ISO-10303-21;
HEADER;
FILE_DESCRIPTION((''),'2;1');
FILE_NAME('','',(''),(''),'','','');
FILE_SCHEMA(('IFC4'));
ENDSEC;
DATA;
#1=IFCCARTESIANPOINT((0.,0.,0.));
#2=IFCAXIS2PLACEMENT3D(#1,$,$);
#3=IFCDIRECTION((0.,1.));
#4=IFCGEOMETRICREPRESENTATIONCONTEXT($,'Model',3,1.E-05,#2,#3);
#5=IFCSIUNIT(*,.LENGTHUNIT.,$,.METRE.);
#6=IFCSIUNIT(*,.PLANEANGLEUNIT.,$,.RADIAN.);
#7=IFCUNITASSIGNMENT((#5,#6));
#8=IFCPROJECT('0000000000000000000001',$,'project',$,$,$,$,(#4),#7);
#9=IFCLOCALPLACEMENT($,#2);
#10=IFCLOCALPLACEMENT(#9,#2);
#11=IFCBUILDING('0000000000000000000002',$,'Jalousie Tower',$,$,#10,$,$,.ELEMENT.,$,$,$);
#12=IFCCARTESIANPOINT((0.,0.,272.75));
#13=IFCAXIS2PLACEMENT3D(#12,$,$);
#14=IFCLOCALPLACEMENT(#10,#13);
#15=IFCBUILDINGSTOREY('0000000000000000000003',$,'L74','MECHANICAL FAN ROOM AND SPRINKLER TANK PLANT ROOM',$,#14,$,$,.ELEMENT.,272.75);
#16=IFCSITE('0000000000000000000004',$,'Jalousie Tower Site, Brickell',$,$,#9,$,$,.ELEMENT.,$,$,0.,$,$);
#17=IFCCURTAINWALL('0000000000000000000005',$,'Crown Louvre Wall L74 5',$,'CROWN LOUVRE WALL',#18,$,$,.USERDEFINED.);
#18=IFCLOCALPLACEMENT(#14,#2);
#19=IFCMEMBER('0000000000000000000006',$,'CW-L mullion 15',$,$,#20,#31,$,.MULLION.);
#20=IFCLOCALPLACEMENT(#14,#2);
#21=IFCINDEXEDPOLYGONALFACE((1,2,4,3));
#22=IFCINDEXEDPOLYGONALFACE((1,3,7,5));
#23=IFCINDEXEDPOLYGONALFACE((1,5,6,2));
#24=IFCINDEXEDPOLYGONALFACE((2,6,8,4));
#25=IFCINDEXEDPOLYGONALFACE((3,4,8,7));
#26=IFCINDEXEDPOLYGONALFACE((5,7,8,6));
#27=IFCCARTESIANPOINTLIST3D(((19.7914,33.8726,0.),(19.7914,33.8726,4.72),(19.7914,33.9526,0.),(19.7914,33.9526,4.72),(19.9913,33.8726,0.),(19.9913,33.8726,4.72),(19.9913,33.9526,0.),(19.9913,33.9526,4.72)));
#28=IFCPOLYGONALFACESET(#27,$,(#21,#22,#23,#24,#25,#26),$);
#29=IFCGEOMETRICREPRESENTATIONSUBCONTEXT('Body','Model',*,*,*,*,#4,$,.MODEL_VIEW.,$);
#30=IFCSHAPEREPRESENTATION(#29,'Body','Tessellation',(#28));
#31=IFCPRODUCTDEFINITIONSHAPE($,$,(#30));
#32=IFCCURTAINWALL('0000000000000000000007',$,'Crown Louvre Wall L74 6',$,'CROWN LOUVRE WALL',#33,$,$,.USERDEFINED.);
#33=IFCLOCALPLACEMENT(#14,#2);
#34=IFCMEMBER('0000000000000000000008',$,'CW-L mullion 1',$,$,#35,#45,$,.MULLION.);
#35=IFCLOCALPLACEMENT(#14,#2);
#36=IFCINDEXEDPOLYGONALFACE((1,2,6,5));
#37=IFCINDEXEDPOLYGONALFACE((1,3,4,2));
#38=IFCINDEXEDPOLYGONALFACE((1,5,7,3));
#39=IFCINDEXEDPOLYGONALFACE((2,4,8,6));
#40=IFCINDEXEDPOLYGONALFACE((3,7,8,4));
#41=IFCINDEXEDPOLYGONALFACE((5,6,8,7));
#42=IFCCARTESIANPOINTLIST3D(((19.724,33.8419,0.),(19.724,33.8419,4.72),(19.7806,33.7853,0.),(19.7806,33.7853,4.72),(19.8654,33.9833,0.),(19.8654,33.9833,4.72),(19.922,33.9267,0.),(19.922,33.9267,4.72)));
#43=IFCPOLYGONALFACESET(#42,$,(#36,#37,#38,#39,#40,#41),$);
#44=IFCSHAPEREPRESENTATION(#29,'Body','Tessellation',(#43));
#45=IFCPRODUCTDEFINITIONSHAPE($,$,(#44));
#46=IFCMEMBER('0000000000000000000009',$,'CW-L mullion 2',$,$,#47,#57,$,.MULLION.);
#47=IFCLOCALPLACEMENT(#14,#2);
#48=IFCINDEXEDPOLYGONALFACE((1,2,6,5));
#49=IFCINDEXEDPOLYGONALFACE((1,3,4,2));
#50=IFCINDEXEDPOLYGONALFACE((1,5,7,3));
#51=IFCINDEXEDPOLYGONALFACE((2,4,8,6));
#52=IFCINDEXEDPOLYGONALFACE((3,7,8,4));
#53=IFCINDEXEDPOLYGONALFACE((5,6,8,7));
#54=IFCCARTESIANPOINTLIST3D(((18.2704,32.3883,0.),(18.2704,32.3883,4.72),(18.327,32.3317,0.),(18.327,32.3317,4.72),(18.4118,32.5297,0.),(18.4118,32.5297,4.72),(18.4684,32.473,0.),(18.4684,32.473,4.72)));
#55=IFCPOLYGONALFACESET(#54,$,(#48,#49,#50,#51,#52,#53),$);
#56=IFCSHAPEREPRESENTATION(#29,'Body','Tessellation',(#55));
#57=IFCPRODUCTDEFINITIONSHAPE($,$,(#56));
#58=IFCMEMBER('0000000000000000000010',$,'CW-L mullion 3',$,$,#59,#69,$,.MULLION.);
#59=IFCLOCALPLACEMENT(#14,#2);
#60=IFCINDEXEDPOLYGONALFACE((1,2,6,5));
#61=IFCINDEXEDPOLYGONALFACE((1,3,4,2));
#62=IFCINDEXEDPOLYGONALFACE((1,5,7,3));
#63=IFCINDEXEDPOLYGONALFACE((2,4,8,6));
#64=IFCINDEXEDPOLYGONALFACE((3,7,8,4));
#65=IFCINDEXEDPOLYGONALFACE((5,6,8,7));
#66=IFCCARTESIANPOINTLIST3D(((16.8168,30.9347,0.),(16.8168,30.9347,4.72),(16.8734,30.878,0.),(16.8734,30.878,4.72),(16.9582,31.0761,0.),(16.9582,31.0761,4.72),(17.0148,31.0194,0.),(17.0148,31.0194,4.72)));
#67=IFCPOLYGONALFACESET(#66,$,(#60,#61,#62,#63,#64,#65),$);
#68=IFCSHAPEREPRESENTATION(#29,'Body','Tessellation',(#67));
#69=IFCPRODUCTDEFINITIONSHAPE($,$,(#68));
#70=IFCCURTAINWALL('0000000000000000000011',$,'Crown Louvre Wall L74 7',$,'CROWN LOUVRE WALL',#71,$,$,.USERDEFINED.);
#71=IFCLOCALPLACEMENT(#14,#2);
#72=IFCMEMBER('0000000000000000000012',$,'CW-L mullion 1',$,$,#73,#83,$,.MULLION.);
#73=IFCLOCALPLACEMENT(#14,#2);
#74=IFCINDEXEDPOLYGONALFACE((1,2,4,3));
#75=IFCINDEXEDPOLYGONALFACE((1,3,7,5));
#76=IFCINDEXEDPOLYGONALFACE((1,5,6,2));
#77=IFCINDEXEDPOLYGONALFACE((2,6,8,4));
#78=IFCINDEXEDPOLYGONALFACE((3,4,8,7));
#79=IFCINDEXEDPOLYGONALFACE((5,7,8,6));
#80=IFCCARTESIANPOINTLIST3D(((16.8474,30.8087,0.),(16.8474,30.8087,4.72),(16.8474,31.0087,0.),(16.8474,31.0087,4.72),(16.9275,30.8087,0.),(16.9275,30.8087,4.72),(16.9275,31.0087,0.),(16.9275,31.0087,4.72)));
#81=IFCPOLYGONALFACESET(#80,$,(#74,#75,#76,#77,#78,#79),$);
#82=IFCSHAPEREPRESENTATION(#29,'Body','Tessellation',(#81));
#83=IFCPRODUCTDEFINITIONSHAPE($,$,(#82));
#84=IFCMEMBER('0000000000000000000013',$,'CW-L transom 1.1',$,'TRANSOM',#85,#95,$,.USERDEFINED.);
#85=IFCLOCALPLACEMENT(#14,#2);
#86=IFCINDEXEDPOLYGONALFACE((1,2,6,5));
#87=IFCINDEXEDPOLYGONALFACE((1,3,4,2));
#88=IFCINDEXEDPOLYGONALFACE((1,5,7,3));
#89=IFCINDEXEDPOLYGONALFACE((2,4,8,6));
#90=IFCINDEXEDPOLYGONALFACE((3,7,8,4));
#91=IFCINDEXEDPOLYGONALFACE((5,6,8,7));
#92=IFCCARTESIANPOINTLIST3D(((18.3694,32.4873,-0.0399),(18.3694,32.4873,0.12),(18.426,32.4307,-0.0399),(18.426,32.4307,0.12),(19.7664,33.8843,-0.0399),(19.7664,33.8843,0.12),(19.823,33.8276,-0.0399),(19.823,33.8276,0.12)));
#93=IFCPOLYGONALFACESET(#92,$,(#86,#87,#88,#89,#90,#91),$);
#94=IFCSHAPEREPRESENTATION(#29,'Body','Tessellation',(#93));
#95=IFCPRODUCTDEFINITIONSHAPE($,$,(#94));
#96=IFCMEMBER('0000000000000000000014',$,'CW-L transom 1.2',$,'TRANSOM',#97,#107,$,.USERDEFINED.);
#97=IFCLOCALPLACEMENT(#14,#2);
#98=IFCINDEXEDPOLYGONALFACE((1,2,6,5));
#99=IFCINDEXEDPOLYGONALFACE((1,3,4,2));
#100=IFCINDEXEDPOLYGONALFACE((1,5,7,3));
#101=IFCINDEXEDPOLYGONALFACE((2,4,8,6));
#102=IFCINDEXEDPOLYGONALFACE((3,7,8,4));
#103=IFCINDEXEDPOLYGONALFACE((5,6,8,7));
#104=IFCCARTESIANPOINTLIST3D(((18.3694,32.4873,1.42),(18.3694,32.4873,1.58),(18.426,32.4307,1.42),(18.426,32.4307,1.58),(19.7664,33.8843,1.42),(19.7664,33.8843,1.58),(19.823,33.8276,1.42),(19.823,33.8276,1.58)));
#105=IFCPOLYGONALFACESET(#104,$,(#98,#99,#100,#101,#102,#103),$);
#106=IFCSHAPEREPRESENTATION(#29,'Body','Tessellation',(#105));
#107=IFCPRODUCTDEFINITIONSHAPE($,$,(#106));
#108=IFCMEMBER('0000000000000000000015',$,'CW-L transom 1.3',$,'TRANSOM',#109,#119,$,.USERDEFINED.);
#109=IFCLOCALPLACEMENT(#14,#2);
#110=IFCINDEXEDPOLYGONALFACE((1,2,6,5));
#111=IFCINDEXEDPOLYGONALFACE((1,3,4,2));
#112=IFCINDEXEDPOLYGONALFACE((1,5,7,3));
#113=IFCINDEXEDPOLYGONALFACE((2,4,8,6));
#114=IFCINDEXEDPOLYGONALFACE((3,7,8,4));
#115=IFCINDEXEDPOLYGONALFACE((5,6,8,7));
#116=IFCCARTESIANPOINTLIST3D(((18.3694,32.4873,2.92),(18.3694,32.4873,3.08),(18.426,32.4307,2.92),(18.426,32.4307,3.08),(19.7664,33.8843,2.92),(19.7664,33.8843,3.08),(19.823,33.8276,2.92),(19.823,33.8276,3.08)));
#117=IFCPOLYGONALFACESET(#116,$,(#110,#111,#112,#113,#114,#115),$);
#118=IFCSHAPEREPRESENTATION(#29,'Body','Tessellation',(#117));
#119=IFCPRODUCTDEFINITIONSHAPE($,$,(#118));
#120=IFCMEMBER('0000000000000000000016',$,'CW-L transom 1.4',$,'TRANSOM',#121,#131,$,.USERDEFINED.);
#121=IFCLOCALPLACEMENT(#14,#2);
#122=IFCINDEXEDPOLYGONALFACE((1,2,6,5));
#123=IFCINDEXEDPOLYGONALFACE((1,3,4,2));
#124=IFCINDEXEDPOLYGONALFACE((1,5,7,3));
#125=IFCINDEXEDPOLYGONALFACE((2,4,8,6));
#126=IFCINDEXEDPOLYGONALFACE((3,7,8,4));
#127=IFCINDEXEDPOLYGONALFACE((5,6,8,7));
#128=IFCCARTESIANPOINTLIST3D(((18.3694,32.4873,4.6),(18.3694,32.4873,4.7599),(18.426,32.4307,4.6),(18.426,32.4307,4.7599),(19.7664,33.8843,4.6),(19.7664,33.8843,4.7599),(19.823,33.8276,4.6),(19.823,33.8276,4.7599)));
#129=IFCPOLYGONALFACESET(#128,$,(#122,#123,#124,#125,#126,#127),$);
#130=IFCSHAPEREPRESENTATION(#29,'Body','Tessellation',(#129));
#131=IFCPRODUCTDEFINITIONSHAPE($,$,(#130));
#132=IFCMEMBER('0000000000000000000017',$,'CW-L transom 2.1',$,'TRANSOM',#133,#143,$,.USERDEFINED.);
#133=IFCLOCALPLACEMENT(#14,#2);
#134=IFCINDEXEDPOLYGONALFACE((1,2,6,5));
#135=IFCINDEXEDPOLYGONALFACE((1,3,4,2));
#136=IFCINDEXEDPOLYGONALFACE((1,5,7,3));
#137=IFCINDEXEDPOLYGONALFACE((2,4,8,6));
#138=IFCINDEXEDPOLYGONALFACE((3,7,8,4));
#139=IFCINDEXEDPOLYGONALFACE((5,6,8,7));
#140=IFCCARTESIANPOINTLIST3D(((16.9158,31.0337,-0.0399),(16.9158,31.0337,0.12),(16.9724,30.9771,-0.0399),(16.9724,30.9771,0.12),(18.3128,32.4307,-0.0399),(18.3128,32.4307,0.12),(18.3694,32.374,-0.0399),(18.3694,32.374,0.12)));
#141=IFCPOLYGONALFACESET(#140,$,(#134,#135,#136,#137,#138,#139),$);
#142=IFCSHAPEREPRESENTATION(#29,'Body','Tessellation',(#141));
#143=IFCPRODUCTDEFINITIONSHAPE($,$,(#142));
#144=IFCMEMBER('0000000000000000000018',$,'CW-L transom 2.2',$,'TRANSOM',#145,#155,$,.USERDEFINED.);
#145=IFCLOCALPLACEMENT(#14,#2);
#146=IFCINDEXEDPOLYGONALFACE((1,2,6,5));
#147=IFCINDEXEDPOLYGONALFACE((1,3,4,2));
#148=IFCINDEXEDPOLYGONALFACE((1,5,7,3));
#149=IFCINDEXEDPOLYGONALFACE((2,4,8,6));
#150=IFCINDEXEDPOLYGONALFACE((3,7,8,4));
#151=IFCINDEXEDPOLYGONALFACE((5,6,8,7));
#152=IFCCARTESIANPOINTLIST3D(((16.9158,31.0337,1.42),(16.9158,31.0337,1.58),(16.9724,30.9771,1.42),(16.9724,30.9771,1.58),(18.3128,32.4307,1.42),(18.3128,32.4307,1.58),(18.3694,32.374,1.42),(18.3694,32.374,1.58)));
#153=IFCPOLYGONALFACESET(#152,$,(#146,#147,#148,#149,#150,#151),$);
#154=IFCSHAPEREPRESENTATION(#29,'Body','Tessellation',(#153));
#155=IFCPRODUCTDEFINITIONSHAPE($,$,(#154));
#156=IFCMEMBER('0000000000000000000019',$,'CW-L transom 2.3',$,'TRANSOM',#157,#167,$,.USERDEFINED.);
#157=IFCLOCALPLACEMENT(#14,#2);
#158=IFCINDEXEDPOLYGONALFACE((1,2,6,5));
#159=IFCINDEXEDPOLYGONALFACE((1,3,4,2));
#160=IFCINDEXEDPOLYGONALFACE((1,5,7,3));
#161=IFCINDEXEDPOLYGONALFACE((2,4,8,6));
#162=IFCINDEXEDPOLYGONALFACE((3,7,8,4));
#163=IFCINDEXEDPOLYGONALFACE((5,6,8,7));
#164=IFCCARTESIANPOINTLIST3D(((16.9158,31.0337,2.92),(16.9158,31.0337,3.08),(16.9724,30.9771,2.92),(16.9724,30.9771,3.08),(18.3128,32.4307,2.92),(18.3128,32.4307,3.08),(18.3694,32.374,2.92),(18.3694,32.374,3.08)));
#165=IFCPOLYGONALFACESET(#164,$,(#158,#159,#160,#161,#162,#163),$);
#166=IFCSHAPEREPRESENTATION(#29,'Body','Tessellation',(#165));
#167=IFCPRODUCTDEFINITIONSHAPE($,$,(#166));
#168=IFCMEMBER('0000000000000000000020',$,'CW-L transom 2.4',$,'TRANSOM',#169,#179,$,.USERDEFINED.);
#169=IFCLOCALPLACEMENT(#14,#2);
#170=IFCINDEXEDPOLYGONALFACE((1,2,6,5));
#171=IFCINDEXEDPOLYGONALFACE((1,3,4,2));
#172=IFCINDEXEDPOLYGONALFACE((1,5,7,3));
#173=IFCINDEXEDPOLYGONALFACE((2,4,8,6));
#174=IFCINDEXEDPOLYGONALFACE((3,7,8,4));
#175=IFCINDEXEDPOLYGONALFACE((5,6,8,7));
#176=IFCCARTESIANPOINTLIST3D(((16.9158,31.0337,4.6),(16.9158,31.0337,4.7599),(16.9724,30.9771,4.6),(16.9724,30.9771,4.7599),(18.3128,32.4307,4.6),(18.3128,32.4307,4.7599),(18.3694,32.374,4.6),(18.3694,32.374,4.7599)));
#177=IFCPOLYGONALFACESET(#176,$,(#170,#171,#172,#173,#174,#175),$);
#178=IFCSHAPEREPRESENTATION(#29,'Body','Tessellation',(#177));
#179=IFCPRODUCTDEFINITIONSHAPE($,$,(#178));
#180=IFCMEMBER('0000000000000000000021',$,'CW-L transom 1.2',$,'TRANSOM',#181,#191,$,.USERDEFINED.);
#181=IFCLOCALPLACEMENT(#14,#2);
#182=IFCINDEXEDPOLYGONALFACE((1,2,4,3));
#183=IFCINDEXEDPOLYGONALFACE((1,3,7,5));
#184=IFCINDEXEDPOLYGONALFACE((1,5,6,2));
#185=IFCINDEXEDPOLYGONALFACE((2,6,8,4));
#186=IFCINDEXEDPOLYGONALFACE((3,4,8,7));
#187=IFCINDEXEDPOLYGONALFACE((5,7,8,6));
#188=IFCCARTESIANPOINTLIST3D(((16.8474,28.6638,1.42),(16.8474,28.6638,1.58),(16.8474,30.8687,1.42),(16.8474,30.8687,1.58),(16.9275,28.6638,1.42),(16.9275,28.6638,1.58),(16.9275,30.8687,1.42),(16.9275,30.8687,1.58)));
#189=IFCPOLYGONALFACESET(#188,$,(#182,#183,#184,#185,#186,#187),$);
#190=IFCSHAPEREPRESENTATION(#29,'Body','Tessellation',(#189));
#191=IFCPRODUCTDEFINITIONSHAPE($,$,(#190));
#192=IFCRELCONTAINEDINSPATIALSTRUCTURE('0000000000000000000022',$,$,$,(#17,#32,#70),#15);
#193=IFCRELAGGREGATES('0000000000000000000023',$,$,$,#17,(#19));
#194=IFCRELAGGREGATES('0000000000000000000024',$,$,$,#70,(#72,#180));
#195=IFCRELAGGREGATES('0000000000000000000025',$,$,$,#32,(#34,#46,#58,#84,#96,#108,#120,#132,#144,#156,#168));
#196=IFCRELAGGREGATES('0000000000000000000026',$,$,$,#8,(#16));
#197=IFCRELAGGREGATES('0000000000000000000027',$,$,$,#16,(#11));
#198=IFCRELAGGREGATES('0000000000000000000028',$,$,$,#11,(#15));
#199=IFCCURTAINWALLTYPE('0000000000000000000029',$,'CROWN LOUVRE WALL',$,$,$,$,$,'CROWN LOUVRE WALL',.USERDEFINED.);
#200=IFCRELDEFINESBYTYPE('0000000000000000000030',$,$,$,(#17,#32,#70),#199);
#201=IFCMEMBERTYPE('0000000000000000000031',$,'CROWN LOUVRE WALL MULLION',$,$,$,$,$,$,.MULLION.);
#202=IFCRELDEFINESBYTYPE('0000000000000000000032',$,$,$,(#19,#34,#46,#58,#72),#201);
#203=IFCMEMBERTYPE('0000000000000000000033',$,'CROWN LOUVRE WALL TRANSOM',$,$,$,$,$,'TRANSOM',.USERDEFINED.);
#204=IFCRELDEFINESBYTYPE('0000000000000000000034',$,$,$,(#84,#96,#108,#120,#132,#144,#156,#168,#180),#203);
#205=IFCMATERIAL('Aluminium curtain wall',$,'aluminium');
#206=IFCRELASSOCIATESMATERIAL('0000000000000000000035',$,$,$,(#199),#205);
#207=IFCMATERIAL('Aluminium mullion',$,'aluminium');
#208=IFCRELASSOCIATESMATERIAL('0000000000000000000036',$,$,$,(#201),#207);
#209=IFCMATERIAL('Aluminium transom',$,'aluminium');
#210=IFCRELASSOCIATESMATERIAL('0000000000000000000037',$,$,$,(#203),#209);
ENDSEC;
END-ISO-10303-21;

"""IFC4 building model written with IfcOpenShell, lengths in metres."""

from ifc_helpers import new_model, si_unit, direction, frame, origin, origin_2d, place, context, subcontext, project, spatial, rectangle, extrude, material, material_profile, profile_set, type_object, element, aggregate, save


model = new_model("IFC4")

# Units and contexts
model_context = context("Model", 3, precision=1e-05, world=origin(), true_north=direction((0.0, 1.0)))
body_context = subcontext(model_context, "Body", "Model", "MODEL_VIEW")
ifc_project = project(units=[si_unit("LENGTHUNIT", "METRE"), si_unit("PLANEANGLEUNIT", "RADIAN")], contexts=[model_context])

# Site, building, storey
site_placement = place(None, origin())
site = spatial("IfcSite", under=ifc_project, at=site_placement, Name="Jalousie Tower Site, Brickell", CompositionType="ELEMENT", RefElevation=0.0)
building_placement = place(site_placement, origin())
building = spatial("IfcBuilding", under=site, at=building_placement, Name="Jalousie Tower", CompositionType="ELEMENT")
storey_placement = place(building_placement, frame((0.0, 0.0, 272.75)))
storey = spatial("IfcBuildingStorey", under=building, at=storey_placement, Name="L74", Description="MECHANICAL FAN ROOM AND SPRINKLER TANK PLANT ROOM", CompositionType="ELEMENT", Elevation=272.75)

# Curtain wall, member
ifc_material_1 = material(Name="Aluminium curtain wall", Category="aluminium")
curtain_wall_type = type_object("IfcCurtainWallType", Name="CROWN LOUVRE WALL", ElementType="CROWN LOUVRE WALL", PredefinedType="USERDEFINED", material=ifc_material_1)
curtain_wall_1_placement = place(storey_placement, origin())
curtain_wall_1 = element("IfcCurtainWall", 1, at=curtain_wall_1_placement, inside=storey, type_object=curtain_wall_type, Name="Crown Louvre Wall L74 5", ObjectType="CROWN LOUVRE WALL", PredefinedType="USERDEFINED")
ifc_material_2 = material(Name="Aluminium mullion", Category="aluminium")
ifc_material_profile_1 = material_profile(ifc_material_2, rectangle(XDim=0.0801, YDim=0.2, at=origin_2d()), Name="MULLION 80x200")
ifc_profile_set_1 = profile_set([ifc_material_profile_1], Name="Aluminium mullion")
member_type_1 = type_object("IfcMemberType", Name="CROWN LOUVRE WALL MULLION", PredefinedType="MULLION", material=ifc_profile_set_1)
member_1_placement = place(storey_placement, frame((19.8914, 33.9126, 0.0), z_axis=(0.0, 0.0, 1.0), x_axis=(0.0, -1.0, 0.0)))
member_1 = element("IfcMember", 2, at=member_1_placement, type_object=member_type_1, Name="CW-L mullion 15", PredefinedType="MULLION", context=body_context, shape_type="SweptSolid", body=[
    extrude(rectangle(XDim=0.0801, YDim=0.2, at=origin_2d()), origin(), (0.0, 0.0, 1.0), 4.72),
])
aggregate(curtain_wall_1, [member_1])

# Curtain wall, members
curtain_wall_2_placement = place(storey_placement, origin())
curtain_wall_2 = element("IfcCurtainWall", 3, at=curtain_wall_2_placement, inside=storey, type_object=curtain_wall_type, Name="Crown Louvre Wall L74 6", ObjectType="CROWN LOUVRE WALL", PredefinedType="USERDEFINED")
member_2_placement = place(storey_placement, frame((19.823, 33.8843, 0.0), z_axis=(0.0, 0.0, 1.0), x_axis=(0.707107, -0.707107, 0.0)))
member_2 = element("IfcMember", 4, at=member_2_placement, type_object=member_type_1, Name="CW-L mullion 1", PredefinedType="MULLION", context=body_context, shape_type="SweptSolid", body=[
    extrude(rectangle(XDim=0.0801, YDim=0.2, at=origin_2d()), origin(), (0.0, 0.0, 1.0), 4.72),
])
member_3_placement = place(storey_placement, frame((18.3694, 32.4307, 0.0), z_axis=(0.0, 0.0, 1.0), x_axis=(0.707107, -0.707107, 0.0)))
member_3 = element("IfcMember", 5, at=member_3_placement, type_object=member_type_1, Name="CW-L mullion 2", PredefinedType="MULLION", context=body_context, shape_type="SweptSolid", body=[
    extrude(rectangle(XDim=0.0801, YDim=0.2, at=origin_2d()), origin(), (0.0, 0.0, 1.0), 4.72),
])
member_4_placement = place(storey_placement, frame((16.9158, 30.9771, 0.0), z_axis=(0.0, 0.0, 1.0), x_axis=(0.707107, -0.707107, 0.0)))
member_4 = element("IfcMember", 6, at=member_4_placement, type_object=member_type_1, Name="CW-L mullion 3", PredefinedType="MULLION", context=body_context, shape_type="SweptSolid", body=[
    extrude(rectangle(XDim=0.0801, YDim=0.2, at=origin_2d()), origin(), (0.0, 0.0, 1.0), 4.72),
])

# Curtain wall, member
curtain_wall_3_placement = place(storey_placement, origin())
curtain_wall_3 = element("IfcCurtainWall", 7, at=curtain_wall_3_placement, inside=storey, type_object=curtain_wall_type, Name="Crown Louvre Wall L74 7", ObjectType="CROWN LOUVRE WALL", PredefinedType="USERDEFINED")
member_5_placement = place(storey_placement, frame((16.8875, 30.9087, 0.0), z_axis=(0.0, 0.0, 1.0), x_axis=(1.0, 0.0, 0.0)))
member_5 = element("IfcMember", 8, at=member_5_placement, type_object=member_type_1, Name="CW-L mullion 1", PredefinedType="MULLION", context=body_context, shape_type="SweptSolid", body=[
    extrude(rectangle(XDim=0.0801, YDim=0.2, at=origin_2d()), origin(), (0.0, 0.0, 1.0), 4.72),
])

# Members
ifc_material_3 = material(Name="Aluminium transom", Category="aluminium")
ifc_material_profile_2 = material_profile(ifc_material_3, rectangle(XDim=0.0801, YDim=0.1599, at=origin_2d()), Name="TRANSOM 80x160")
ifc_profile_set_2 = profile_set([ifc_material_profile_2], Name="Aluminium transom")
member_type_2 = type_object("IfcMemberType", Name="CROWN LOUVRE WALL TRANSOM", ElementType="TRANSOM", PredefinedType="USERDEFINED", material=ifc_profile_set_2)
member_6_placement = place(storey_placement, frame((19.7947, 33.856, 0.04), z_axis=(-0.707107, -0.707107, 0.0), x_axis=(0.707107, -0.707107, 0.0)))
member_6 = element("IfcMember", 9, at=member_6_placement, type_object=member_type_2, Name="CW-L transom 1.1", ObjectType="TRANSOM", PredefinedType="USERDEFINED", context=body_context, shape_type="SweptSolid", body=[
    extrude(rectangle(XDim=0.0801, YDim=0.1599, at=origin_2d()), origin(), (0.0, 0.0, 1.0), 1.9756),
])
member_7_placement = place(storey_placement, frame((19.7947, 33.856, 1.5), z_axis=(-0.707107, -0.707107, 0.0), x_axis=(0.707107, -0.707107, 0.0)))
member_7 = element("IfcMember", 10, at=member_7_placement, type_object=member_type_2, Name="CW-L transom 1.2", ObjectType="TRANSOM", PredefinedType="USERDEFINED", context=body_context, shape_type="SweptSolid", body=[
    extrude(rectangle(XDim=0.0801, YDim=0.1599, at=origin_2d()), origin(), (0.0, 0.0, 1.0), 1.9756),
])
member_8_placement = place(storey_placement, frame((19.7947, 33.856, 3.0), z_axis=(-0.707107, -0.707107, 0.0), x_axis=(0.707107, -0.707107, 0.0)))
member_8 = element("IfcMember", 11, at=member_8_placement, type_object=member_type_2, Name="CW-L transom 1.3", ObjectType="TRANSOM", PredefinedType="USERDEFINED", context=body_context, shape_type="SweptSolid", body=[
    extrude(rectangle(XDim=0.0801, YDim=0.1599, at=origin_2d()), origin(), (0.0, 0.0, 1.0), 1.9756),
])
member_9_placement = place(storey_placement, frame((19.7947, 33.856, 4.6799), z_axis=(-0.707107, -0.707107, 0.0), x_axis=(0.707107, -0.707107, 0.0)))
member_9 = element("IfcMember", 12, at=member_9_placement, type_object=member_type_2, Name="CW-L transom 1.4", ObjectType="TRANSOM", PredefinedType="USERDEFINED", context=body_context, shape_type="SweptSolid", body=[
    extrude(rectangle(XDim=0.0801, YDim=0.1599, at=origin_2d()), origin(), (0.0, 0.0, 1.0), 1.9756),
])
member_10_placement = place(storey_placement, frame((18.3411, 32.4023, 0.04), z_axis=(-0.707107, -0.707107, 0.0), x_axis=(0.707107, -0.707107, 0.0)))
member_10 = element("IfcMember", 13, at=member_10_placement, type_object=member_type_2, Name="CW-L transom 2.1", ObjectType="TRANSOM", PredefinedType="USERDEFINED", context=body_context, shape_type="SweptSolid", body=[
    extrude(rectangle(XDim=0.0801, YDim=0.1599, at=origin_2d()), origin(), (0.0, 0.0, 1.0), 1.9756),
])
member_11_placement = place(storey_placement, frame((18.3411, 32.4023, 1.5), z_axis=(-0.707107, -0.707107, 0.0), x_axis=(0.707107, -0.707107, 0.0)))
member_11 = element("IfcMember", 14, at=member_11_placement, type_object=member_type_2, Name="CW-L transom 2.2", ObjectType="TRANSOM", PredefinedType="USERDEFINED", context=body_context, shape_type="SweptSolid", body=[
    extrude(rectangle(XDim=0.0801, YDim=0.1599, at=origin_2d()), origin(), (0.0, 0.0, 1.0), 1.9756),
])
member_12_placement = place(storey_placement, frame((18.3411, 32.4023, 3.0), z_axis=(-0.707107, -0.707107, 0.0), x_axis=(0.707107, -0.707107, 0.0)))
member_12 = element("IfcMember", 15, at=member_12_placement, type_object=member_type_2, Name="CW-L transom 2.3", ObjectType="TRANSOM", PredefinedType="USERDEFINED", context=body_context, shape_type="SweptSolid", body=[
    extrude(rectangle(XDim=0.0801, YDim=0.1599, at=origin_2d()), origin(), (0.0, 0.0, 1.0), 1.9756),
])
member_13_placement = place(storey_placement, frame((18.3411, 32.4023, 4.6799), z_axis=(-0.707107, -0.707107, 0.0), x_axis=(0.707107, -0.707107, 0.0)))
member_13 = element("IfcMember", 16, at=member_13_placement, type_object=member_type_2, Name="CW-L transom 2.4", ObjectType="TRANSOM", PredefinedType="USERDEFINED", context=body_context, shape_type="SweptSolid", body=[
    extrude(rectangle(XDim=0.0801, YDim=0.1599, at=origin_2d()), origin(), (0.0, 0.0, 1.0), 1.9756),
])
member_14_placement = place(storey_placement, frame((16.8875, 30.8687, 1.5), z_axis=(0.0, -1.0, 0.0), x_axis=(1.0, 0.0, 0.0)))
member_14 = element("IfcMember", 17, at=member_14_placement, type_object=member_type_2, Name="CW-L transom 1.2", ObjectType="TRANSOM", PredefinedType="USERDEFINED", context=body_context, shape_type="SweptSolid", body=[
    extrude(rectangle(XDim=0.0801, YDim=0.1599, at=origin_2d()), origin(), (0.0, 0.0, 1.0), 2.2048),
])
aggregate(curtain_wall_3, [member_5, member_14])

aggregate(curtain_wall_2, [member_2, member_3, member_4, member_6, member_7, member_8, member_9, member_10, member_11, member_12, member_13])

save(model, "model.ifc")
